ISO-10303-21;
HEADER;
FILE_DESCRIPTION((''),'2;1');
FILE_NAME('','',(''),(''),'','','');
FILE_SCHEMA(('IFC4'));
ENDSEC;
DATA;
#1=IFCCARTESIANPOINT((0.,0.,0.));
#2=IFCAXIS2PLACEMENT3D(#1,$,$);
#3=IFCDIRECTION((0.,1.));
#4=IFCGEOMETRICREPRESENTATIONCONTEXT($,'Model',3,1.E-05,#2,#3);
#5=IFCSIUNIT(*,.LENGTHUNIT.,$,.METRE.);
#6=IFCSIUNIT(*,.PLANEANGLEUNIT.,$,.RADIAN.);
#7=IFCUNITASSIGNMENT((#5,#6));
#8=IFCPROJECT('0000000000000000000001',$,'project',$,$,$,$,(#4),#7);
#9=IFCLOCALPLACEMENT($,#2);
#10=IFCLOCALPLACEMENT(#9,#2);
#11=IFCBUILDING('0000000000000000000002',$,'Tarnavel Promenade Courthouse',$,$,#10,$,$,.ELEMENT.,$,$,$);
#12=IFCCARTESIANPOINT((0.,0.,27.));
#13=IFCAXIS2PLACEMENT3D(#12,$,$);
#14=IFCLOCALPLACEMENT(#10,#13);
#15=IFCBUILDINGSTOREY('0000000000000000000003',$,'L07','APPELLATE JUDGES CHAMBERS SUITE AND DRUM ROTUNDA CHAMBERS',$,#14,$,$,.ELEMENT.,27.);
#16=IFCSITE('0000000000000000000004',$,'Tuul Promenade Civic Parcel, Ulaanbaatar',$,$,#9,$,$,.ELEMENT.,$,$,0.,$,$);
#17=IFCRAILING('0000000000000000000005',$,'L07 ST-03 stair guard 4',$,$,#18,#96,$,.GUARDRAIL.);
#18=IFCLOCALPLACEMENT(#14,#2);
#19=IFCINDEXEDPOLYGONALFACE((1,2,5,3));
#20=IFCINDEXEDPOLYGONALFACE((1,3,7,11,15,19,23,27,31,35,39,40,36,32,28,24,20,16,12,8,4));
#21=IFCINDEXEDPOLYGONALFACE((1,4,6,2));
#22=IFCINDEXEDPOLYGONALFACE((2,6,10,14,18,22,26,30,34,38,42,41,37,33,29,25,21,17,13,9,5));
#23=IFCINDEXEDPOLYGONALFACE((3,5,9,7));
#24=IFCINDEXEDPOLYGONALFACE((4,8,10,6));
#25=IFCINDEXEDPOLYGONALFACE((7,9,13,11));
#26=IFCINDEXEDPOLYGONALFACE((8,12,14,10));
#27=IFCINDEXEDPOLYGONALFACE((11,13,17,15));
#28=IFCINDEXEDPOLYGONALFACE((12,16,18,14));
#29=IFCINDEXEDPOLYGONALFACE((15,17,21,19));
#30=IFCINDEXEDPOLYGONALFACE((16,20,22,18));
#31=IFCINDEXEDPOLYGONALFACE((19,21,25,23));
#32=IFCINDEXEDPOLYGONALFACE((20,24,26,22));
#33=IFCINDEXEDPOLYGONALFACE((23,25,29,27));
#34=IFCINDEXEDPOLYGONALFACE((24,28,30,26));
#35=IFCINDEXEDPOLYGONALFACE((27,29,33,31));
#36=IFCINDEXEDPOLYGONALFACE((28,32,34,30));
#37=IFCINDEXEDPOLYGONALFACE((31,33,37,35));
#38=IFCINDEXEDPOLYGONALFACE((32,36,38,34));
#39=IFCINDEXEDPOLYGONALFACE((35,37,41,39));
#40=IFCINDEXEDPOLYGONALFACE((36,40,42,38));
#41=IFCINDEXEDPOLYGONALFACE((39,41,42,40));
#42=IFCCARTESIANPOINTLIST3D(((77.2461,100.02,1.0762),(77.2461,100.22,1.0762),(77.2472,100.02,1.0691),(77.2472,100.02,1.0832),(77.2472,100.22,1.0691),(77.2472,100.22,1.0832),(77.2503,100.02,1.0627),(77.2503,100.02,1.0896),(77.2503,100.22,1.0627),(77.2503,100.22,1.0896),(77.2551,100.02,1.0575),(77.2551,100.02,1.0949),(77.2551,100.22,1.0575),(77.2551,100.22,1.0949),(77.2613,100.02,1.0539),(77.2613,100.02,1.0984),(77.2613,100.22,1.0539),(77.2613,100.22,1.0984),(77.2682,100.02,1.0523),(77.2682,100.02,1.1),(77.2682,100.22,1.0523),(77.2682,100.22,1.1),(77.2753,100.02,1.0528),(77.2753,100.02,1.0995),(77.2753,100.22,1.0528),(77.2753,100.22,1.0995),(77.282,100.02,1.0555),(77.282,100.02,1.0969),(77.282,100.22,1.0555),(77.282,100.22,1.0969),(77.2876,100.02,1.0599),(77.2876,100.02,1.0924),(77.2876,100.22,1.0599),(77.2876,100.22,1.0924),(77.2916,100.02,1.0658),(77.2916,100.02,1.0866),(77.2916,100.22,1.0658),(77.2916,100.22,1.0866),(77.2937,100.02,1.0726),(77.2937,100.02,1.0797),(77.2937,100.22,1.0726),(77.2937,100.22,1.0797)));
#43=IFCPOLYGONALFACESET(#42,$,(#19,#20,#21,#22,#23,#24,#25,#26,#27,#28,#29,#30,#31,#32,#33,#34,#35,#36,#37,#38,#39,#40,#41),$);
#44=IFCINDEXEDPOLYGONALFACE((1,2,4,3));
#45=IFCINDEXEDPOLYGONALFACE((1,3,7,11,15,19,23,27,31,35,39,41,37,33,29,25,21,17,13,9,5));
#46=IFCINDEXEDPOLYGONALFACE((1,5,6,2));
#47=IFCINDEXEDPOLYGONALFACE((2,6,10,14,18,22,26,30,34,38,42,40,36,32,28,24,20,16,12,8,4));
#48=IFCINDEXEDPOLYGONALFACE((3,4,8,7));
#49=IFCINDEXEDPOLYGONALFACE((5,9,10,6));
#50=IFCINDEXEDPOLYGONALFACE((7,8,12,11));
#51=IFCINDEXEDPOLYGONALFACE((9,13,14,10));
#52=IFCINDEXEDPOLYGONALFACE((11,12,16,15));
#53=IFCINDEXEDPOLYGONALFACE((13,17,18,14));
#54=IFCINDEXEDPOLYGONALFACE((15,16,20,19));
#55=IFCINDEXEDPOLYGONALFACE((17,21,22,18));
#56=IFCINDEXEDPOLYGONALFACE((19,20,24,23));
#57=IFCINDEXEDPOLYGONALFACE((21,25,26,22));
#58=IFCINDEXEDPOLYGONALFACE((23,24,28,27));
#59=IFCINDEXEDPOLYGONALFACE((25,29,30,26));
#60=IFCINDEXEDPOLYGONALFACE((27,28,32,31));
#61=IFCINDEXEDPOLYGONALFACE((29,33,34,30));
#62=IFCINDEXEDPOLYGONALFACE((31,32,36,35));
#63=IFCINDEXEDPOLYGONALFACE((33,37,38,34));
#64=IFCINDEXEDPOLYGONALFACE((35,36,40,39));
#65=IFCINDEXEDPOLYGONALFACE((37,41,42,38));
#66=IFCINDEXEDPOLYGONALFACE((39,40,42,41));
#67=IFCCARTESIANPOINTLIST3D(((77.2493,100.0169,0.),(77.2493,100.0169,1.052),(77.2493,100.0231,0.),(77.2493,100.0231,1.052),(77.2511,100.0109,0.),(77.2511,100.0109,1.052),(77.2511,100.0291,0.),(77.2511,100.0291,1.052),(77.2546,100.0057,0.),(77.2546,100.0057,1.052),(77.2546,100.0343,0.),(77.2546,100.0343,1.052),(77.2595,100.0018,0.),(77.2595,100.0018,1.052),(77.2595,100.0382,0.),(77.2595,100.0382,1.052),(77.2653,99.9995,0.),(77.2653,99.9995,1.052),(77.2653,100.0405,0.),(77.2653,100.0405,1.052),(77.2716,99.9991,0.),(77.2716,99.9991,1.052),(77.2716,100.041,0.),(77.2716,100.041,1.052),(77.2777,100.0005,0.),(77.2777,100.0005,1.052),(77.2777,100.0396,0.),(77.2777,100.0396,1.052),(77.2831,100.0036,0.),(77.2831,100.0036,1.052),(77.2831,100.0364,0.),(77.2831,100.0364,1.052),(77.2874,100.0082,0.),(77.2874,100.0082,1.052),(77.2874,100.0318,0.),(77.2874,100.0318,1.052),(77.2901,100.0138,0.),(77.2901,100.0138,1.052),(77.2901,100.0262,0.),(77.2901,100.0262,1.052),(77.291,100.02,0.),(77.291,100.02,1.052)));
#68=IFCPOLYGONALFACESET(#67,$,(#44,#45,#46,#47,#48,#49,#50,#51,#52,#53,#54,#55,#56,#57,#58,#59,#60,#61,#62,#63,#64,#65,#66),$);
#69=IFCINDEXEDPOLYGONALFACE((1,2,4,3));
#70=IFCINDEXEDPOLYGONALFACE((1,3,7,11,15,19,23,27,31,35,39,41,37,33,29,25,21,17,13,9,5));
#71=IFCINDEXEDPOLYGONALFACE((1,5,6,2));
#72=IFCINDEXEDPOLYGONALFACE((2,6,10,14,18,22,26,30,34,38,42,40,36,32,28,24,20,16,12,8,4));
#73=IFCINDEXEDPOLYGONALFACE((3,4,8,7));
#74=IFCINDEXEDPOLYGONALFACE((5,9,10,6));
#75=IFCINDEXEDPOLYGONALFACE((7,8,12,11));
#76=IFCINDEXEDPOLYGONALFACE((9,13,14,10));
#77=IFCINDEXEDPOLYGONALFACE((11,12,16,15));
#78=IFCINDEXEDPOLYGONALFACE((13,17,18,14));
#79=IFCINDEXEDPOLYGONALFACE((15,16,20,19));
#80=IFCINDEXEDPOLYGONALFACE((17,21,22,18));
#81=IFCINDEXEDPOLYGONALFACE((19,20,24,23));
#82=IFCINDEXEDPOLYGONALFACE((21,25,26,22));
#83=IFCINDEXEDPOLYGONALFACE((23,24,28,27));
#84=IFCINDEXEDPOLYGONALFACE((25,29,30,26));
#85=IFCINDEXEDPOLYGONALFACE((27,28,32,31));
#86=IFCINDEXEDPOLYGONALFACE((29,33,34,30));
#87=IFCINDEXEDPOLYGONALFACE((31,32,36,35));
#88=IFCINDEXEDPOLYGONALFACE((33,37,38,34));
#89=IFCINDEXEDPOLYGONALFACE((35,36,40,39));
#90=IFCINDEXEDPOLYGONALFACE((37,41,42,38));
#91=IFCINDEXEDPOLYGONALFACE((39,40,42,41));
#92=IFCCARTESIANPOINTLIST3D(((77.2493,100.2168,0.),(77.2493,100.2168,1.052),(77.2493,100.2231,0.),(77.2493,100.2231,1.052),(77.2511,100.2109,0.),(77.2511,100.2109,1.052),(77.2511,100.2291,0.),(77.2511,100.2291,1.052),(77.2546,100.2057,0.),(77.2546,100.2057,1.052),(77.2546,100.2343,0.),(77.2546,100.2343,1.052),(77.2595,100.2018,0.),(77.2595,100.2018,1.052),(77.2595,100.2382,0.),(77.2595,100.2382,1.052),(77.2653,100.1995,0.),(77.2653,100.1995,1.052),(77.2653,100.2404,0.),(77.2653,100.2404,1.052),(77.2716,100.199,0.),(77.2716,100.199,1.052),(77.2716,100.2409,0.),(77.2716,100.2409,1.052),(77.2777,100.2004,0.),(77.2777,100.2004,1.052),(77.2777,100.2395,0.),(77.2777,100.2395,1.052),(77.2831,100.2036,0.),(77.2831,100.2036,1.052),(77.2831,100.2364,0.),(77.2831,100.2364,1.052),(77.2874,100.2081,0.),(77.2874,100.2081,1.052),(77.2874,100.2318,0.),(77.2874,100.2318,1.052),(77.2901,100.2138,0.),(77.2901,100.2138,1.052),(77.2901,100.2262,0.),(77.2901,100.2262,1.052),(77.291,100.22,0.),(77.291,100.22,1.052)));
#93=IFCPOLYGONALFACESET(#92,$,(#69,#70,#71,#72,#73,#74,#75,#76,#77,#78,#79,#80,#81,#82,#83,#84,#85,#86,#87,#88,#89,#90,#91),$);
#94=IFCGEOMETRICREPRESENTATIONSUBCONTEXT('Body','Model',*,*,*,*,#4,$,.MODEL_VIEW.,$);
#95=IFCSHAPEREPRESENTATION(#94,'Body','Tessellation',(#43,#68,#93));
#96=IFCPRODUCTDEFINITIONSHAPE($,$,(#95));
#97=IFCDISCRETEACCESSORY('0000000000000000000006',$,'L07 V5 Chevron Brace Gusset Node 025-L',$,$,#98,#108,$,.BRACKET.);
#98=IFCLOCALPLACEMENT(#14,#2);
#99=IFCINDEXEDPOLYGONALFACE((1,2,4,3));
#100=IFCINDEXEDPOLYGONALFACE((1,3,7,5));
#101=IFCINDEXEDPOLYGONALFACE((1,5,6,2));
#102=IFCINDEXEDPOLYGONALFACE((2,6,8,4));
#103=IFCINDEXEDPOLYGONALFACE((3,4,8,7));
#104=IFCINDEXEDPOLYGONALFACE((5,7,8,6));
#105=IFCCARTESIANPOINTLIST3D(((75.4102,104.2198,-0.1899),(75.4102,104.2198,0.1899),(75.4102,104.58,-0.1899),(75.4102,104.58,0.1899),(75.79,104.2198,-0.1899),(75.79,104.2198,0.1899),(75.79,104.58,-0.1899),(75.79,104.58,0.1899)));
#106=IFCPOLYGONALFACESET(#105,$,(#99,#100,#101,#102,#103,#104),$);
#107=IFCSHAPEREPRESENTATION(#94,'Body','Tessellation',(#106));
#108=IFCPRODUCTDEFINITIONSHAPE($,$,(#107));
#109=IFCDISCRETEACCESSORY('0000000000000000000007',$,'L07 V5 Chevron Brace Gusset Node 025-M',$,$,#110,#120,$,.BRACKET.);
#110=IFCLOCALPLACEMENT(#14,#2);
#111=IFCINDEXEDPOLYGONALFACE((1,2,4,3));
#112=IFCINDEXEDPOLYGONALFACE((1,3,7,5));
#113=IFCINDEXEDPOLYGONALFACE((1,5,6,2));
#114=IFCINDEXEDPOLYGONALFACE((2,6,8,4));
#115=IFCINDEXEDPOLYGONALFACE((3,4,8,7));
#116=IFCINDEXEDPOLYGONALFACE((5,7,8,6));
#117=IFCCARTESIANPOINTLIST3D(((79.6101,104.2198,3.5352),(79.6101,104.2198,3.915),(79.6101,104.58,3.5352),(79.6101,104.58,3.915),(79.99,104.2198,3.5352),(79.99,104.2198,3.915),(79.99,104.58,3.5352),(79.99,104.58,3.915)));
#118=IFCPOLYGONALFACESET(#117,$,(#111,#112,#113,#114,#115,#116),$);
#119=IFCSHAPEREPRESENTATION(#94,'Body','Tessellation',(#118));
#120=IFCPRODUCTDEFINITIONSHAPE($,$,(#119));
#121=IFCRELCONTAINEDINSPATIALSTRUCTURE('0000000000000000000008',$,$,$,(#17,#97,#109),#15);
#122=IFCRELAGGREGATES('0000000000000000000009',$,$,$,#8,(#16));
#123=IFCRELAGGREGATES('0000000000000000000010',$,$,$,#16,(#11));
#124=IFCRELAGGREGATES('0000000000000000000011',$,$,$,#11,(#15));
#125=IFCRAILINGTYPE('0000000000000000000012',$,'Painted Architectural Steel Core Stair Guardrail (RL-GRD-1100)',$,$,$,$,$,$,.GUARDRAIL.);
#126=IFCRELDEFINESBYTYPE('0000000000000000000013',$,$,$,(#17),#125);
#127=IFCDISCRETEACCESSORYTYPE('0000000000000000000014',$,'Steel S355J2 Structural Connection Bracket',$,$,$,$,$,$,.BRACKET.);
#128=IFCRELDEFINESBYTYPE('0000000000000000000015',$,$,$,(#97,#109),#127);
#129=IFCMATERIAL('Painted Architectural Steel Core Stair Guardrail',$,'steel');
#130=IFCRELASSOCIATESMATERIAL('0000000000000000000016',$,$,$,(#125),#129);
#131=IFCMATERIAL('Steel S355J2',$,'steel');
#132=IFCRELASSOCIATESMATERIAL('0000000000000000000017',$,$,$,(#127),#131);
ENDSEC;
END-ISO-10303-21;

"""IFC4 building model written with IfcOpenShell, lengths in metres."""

from ifc_helpers import new_model, si_unit, direction, frame, origin, origin_2d, place, context, subcontext, project, spatial, rectangle, circle, extrude, material, type_object, element, save


model = new_model("IFC4")

# Units and contexts
model_context = context("Model", 3, precision=1e-05, world=origin(), true_north=direction((0.0, 1.0)))
body_context = subcontext(model_context, "Body", "Model", "MODEL_VIEW")
ifc_project = project(units=[si_unit("LENGTHUNIT", "METRE"), si_unit("PLANEANGLEUNIT", "RADIAN")], contexts=[model_context])

# Site, building, storey
site_placement = place(None, origin())
site = spatial("IfcSite", under=ifc_project, at=site_placement, Name="Tuul Promenade Civic Parcel, Ulaanbaatar", CompositionType="ELEMENT", RefElevation=0.0)
building_placement = place(site_placement, origin())
building = spatial("IfcBuilding", under=site, at=building_placement, Name="Tarnavel Promenade Courthouse", CompositionType="ELEMENT")
storey_placement = place(building_placement, frame((0.0, 0.0, 27.0)))
storey = spatial("IfcBuildingStorey", under=building, at=storey_placement, Name="L07", Description="APPELLATE JUDGES CHAMBERS SUITE AND DRUM ROTUNDA CHAMBERS", CompositionType="ELEMENT", Elevation=27.0)

# Shared definitions
ifc_material_1 = material(Name="Steel S355J2", Category="steel")

# Railing
ifc_material_2 = material(Name="Painted Architectural Steel Core Stair Guardrail", Category="steel")
railing_type_1 = type_object("IfcRailingType", Name="Painted Architectural Steel Core Stair Guardrail (RL-GRD-1100)", PredefinedType="GUARDRAIL", material=ifc_material_2)
railing_1_placement = place(storey_placement, frame((77.27, 100.02, 0.0)))
element("IfcRailing", 1, at=railing_1_placement, inside=storey, type_object=railing_type_1, Name="L07 ST-03 stair guard 4", PredefinedType="GUARDRAIL", context=body_context, shape_type="SweptSolid", body=[
    extrude(circle(Radius=0.0239, at=origin_2d()), frame((0.0, 0.0, 1.0762), z_axis=(0.0, 1.0, 0.0), x_axis=(-1.0, 0.0, 0.0)), (0.0, 0.0, 1.0), 0.2),
    extrude(circle(Radius=0.021, at=origin_2d()), origin(), (0.0, 0.0, 1.0), 1.052),
    extrude(circle(Radius=0.021, at=origin_2d()), frame((0.0, 0.2, 0.0)), (0.0, 0.0, 1.0), 1.052),
])

# Discrete accessories
discrete_accessory_type = type_object("IfcDiscreteAccessoryType", Name="Steel S355J2 Structural Connection Bracket", PredefinedType="BRACKET", material=ifc_material_1)
for number, where, z_axis, x_axis, name in (
    (2, (75.6001, 104.3999, -0.1899), (0.0, 0.0, 1.0), (1.0, 0.0, 0.0), "L07 V5 Chevron Brace Gusset Node 025-L"),
    (3, (79.8, 104.3999, 3.5352), (0.0, 0.0, 1.0), (1.0, 0.0, 0.0), "L07 V5 Chevron Brace Gusset Node 025-M"),
):
    element("IfcDiscreteAccessory", number, at=place(storey_placement, frame(where, z_axis=z_axis, x_axis=x_axis)), inside=storey, type_object=discrete_accessory_type, Name=name, PredefinedType="BRACKET", context=body_context, shape_type="SweptSolid", body=[
        extrude(rectangle(XDim=0.3799, YDim=0.3601, at=origin_2d()), origin(), (0.0, 0.0, 1.0), 0.3799),
    ])

save(model, "model.ifc")
